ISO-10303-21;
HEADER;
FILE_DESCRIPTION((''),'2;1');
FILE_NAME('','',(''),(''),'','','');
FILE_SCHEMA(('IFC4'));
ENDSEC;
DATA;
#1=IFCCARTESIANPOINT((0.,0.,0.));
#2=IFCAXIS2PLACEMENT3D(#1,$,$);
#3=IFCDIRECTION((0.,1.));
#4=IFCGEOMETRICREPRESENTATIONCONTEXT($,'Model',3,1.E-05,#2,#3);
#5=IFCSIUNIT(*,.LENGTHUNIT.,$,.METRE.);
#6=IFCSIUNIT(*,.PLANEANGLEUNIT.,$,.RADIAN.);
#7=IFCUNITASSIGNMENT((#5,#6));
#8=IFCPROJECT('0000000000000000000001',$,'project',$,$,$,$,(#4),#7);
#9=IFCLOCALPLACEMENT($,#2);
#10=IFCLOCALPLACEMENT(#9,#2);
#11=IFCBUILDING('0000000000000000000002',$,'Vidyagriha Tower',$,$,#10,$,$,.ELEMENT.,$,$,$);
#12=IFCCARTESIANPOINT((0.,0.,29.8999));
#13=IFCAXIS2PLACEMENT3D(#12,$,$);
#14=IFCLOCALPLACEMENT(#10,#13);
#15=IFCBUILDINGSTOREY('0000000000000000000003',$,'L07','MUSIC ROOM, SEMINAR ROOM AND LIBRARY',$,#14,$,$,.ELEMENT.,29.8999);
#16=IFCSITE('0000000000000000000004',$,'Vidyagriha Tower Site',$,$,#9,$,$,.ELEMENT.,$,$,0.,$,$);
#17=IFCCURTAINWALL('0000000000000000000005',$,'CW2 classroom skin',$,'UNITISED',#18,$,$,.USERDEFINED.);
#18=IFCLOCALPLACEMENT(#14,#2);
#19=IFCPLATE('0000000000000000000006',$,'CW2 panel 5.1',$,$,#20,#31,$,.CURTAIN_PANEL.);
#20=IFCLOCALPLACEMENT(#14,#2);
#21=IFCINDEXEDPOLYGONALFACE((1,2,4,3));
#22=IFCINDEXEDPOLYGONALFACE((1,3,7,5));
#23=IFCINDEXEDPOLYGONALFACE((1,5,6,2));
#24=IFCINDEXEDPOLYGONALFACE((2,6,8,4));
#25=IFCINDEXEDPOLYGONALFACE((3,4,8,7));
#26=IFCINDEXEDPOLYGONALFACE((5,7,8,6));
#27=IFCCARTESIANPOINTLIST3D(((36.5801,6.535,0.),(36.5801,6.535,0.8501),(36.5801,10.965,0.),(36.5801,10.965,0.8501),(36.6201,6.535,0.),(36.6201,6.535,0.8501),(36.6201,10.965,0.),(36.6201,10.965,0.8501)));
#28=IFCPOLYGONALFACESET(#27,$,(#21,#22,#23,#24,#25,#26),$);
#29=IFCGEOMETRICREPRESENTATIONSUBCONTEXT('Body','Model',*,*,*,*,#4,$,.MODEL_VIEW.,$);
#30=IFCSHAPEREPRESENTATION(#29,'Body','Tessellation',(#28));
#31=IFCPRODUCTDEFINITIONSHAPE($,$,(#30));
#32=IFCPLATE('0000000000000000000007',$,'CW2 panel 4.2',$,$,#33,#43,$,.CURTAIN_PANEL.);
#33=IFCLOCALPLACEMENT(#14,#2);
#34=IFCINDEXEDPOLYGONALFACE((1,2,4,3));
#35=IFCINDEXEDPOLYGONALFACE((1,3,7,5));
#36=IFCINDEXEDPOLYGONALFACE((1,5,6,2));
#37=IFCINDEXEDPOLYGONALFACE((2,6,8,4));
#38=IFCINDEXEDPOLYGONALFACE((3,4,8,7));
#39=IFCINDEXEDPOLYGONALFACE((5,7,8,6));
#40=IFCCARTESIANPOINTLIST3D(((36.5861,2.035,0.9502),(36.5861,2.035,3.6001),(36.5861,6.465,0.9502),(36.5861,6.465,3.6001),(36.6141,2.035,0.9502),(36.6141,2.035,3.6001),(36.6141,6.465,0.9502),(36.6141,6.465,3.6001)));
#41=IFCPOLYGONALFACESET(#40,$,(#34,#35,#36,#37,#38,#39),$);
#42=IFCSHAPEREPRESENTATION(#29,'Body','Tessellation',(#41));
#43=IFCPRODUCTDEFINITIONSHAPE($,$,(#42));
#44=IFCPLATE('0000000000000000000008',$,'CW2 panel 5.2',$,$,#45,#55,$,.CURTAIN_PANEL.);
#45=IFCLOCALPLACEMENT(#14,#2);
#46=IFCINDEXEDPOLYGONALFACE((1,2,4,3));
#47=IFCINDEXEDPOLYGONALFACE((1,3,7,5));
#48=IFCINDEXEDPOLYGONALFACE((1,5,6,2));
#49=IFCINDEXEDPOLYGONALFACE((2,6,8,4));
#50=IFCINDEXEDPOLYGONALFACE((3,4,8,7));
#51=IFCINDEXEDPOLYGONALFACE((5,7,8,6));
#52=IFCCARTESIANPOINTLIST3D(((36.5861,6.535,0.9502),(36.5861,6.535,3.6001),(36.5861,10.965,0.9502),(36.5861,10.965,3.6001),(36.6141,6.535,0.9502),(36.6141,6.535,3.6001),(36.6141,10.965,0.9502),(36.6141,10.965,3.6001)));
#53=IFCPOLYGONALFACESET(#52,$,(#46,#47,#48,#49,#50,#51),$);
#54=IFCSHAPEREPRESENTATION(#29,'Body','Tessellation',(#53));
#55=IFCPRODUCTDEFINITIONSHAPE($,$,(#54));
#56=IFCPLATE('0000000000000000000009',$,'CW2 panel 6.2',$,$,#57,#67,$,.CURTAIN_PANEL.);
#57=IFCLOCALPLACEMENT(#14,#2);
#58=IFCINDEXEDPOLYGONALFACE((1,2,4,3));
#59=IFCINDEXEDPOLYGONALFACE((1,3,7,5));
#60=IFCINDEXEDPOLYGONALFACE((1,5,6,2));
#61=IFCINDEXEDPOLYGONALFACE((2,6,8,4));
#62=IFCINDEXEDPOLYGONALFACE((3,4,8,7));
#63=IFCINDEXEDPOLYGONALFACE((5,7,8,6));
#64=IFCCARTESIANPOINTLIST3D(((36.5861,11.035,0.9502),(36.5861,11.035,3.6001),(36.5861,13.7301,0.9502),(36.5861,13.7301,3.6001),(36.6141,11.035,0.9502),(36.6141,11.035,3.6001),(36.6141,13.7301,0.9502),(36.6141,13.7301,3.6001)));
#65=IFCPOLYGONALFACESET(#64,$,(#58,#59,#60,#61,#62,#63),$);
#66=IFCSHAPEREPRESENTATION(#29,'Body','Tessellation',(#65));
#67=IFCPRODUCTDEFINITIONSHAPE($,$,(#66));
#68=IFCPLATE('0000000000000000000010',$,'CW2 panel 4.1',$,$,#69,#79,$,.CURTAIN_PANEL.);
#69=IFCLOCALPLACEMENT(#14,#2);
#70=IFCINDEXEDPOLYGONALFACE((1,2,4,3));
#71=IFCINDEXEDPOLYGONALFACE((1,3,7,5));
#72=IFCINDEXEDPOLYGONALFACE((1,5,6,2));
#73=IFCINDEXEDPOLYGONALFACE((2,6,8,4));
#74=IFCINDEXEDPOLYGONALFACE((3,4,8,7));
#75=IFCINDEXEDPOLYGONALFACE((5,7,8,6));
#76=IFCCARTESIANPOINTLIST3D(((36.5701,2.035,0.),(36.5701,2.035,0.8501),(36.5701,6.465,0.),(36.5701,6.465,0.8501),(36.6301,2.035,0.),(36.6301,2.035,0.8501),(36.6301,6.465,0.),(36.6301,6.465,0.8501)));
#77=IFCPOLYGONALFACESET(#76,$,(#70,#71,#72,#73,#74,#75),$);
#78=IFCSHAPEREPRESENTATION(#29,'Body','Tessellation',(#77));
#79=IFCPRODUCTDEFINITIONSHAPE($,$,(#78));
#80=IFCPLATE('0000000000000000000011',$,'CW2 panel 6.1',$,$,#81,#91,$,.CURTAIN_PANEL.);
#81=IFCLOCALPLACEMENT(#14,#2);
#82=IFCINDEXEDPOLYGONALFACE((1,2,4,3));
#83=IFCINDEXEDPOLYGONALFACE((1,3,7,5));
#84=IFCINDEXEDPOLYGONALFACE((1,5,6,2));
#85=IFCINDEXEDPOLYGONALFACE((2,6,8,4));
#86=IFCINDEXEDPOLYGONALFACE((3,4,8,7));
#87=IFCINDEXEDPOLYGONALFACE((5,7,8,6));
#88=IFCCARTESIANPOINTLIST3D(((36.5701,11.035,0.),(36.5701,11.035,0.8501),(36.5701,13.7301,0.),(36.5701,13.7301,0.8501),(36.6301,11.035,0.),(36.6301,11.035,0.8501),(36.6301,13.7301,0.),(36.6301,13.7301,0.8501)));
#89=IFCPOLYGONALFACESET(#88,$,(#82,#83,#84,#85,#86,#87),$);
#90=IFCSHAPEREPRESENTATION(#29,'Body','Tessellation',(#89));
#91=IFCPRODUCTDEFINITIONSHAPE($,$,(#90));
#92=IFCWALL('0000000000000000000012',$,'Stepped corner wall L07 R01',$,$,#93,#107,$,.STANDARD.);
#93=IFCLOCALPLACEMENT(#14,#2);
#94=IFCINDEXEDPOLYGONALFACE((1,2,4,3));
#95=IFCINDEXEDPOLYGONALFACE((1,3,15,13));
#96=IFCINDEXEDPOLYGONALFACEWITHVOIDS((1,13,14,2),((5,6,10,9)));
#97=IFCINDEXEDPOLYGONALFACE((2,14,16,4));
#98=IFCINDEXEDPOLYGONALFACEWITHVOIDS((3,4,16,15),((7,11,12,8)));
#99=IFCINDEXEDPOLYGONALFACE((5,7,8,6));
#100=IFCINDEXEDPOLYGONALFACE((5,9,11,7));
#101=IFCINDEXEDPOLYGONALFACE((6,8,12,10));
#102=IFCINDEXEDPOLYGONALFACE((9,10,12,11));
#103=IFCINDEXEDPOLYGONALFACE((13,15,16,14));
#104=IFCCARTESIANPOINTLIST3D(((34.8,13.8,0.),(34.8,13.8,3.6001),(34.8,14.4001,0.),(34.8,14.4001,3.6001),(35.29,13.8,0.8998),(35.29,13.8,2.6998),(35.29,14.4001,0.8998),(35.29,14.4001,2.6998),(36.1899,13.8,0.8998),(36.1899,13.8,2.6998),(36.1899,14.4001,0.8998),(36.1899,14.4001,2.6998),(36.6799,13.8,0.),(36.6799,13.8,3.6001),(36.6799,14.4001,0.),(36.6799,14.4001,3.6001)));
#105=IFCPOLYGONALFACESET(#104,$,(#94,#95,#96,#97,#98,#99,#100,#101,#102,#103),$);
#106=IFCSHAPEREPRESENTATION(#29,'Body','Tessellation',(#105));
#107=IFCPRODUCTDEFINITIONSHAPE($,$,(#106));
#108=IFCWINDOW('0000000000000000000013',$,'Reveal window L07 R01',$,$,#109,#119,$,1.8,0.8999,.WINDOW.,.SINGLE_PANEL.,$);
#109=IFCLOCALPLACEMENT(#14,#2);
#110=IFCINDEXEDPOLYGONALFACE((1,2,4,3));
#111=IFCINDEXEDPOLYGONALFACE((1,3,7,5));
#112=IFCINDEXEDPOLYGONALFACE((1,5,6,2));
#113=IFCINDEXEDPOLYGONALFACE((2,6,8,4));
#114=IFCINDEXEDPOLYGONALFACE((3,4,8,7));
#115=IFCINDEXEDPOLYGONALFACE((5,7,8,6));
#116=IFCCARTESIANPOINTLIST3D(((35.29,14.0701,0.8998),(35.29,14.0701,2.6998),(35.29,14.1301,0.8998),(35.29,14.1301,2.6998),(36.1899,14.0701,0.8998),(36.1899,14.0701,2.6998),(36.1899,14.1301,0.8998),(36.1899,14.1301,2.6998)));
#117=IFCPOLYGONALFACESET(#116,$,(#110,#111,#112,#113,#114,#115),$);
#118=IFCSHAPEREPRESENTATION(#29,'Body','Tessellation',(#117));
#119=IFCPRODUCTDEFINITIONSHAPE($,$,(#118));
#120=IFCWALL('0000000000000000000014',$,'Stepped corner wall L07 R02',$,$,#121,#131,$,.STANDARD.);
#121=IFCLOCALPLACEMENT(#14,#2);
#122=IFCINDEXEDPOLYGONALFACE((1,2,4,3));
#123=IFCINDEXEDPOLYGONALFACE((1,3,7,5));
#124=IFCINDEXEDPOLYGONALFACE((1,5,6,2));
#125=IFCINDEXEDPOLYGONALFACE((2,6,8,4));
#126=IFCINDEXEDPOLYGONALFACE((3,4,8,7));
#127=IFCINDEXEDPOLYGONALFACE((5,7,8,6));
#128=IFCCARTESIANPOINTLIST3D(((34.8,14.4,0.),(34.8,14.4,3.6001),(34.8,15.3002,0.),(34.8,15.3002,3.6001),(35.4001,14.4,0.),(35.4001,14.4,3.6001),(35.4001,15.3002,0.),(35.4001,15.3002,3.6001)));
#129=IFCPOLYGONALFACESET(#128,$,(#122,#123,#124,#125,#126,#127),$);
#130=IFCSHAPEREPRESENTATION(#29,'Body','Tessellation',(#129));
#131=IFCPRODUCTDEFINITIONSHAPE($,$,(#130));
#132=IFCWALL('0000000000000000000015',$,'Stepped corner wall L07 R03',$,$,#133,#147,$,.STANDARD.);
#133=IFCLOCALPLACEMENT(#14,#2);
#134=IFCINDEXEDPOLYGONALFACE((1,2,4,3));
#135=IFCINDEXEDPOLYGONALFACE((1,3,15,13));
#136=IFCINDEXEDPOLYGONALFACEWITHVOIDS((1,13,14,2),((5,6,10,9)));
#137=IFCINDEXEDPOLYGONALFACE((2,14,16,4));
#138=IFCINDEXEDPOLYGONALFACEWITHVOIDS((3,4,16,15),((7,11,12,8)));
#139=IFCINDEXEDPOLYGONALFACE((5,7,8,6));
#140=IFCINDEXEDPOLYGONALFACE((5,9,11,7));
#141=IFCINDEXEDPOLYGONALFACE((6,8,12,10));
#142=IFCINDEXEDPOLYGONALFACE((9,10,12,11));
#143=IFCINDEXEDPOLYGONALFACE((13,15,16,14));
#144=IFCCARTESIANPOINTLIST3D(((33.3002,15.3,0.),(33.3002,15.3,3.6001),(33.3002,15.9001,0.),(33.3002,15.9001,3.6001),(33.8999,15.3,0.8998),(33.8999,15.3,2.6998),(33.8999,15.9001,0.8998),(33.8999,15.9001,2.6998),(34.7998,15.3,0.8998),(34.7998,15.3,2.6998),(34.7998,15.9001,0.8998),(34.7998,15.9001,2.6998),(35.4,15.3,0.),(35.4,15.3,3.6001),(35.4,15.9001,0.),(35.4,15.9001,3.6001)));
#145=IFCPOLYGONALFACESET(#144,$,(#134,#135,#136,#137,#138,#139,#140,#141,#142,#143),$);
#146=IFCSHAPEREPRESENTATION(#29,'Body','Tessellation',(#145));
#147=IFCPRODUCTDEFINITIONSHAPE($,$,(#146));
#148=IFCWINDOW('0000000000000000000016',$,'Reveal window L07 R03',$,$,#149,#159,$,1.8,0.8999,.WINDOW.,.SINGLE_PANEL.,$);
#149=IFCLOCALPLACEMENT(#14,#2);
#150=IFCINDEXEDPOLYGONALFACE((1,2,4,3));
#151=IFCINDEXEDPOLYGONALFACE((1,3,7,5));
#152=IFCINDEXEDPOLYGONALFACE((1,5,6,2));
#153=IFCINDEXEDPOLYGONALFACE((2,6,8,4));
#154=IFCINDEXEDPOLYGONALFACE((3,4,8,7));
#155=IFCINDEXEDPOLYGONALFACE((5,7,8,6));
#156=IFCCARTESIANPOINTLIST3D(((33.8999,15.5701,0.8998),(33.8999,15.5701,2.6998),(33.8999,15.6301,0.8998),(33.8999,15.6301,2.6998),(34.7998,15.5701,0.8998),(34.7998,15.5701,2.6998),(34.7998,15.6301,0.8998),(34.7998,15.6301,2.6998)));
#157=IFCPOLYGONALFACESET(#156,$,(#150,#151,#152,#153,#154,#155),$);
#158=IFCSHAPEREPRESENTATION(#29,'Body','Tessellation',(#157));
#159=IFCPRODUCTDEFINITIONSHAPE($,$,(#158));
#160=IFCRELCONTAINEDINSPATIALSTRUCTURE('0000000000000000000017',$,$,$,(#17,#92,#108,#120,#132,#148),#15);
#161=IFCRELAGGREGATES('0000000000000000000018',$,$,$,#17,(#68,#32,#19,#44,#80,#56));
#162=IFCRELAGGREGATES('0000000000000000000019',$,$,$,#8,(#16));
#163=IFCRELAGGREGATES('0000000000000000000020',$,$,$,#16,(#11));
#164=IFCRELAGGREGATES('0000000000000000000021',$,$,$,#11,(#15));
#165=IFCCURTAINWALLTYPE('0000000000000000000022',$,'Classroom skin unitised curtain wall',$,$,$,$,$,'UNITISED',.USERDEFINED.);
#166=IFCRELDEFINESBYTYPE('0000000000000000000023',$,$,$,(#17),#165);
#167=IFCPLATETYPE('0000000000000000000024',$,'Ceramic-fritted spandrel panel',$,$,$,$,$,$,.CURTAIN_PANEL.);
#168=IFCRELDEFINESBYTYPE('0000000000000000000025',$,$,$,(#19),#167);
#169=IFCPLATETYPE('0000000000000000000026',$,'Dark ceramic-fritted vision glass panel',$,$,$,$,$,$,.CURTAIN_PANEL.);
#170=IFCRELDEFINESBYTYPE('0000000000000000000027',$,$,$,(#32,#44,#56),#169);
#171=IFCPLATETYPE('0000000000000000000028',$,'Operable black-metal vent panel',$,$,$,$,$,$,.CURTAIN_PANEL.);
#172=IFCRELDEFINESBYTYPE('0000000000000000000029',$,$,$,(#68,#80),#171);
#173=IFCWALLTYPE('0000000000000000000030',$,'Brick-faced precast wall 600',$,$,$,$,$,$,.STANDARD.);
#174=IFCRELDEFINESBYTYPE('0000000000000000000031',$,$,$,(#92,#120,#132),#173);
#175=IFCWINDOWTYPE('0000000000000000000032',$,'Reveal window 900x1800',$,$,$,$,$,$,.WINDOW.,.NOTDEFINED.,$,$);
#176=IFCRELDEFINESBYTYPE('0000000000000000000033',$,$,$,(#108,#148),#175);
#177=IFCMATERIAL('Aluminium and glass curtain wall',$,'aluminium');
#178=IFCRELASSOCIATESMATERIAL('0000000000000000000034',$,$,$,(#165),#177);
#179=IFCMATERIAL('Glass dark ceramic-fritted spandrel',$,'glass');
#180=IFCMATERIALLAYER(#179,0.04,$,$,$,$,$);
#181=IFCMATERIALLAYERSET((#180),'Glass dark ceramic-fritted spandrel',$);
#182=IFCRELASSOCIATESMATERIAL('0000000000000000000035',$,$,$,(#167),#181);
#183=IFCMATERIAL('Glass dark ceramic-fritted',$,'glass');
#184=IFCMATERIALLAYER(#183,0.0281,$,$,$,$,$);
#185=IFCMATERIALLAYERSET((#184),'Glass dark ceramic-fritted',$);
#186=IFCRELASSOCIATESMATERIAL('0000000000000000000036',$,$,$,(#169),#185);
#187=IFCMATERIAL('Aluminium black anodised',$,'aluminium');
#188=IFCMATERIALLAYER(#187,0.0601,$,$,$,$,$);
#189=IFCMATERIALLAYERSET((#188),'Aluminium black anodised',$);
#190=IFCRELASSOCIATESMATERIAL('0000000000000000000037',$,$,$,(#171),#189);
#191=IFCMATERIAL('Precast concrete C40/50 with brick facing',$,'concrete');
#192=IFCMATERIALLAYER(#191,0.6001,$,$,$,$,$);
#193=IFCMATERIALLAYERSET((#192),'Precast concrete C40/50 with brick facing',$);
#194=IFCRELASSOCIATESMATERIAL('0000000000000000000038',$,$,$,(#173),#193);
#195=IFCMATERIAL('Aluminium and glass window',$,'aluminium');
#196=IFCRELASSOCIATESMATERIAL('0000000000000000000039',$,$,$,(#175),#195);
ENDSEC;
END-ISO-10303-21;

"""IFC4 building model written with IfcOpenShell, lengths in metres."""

from ifc_helpers import new_model, si_unit, direction, frame, frame_2d, origin, origin_2d, place, context, subcontext, project, spatial, rectangle, extrude, material, layer, layer_set, type_object, element, fill, aggregate, save


model = new_model("IFC4")

# Units and contexts
model_context = context("Model", 3, precision=1e-05, world=origin(), true_north=direction((0.0, 1.0)))
body_context = subcontext(model_context, "Body", "Model", "MODEL_VIEW")
ifc_project = project(units=[si_unit("LENGTHUNIT", "METRE"), si_unit("PLANEANGLEUNIT", "RADIAN")], contexts=[model_context])

# Site, building, storey
site_placement = place(None, origin())
site = spatial("IfcSite", under=ifc_project, at=site_placement, Name="Vidyagriha Tower Site", CompositionType="ELEMENT", RefElevation=0.0)
building_placement = place(site_placement, origin())
building = spatial("IfcBuilding", under=site, at=building_placement, Name="Vidyagriha Tower", CompositionType="ELEMENT")
storey_placement = place(building_placement, frame((0.0, 0.0, 29.8999)))
storey = spatial("IfcBuildingStorey", under=building, at=storey_placement, Name="L07", Description="MUSIC ROOM, SEMINAR ROOM AND LIBRARY", CompositionType="ELEMENT", Elevation=29.8999)

# Curtain wall, plates
ifc_material_1 = material(Name="Aluminium and glass curtain wall", Category="aluminium")
curtain_wall_type = type_object("IfcCurtainWallType", Name="Classroom skin unitised curtain wall", ElementType="UNITISED", PredefinedType="USERDEFINED", material=ifc_material_1)
curtain_wall_placement = place(storey_placement, origin())
curtain_wall = element("IfcCurtainWall", 1, at=curtain_wall_placement, inside=storey, type_object=curtain_wall_type, Name="CW2 classroom skin", ObjectType="UNITISED", PredefinedType="USERDEFINED")
ifc_material_2 = material(Name="Glass dark ceramic-fritted spandrel", Category="glass")
ifc_layer_1 = layer(ifc_material_2, 0.04)
ifc_layer_set_1 = layer_set([ifc_layer_1], Name="Glass dark ceramic-fritted spandrel")
plate_type_1 = type_object("IfcPlateType", Name="Ceramic-fritted spandrel panel", PredefinedType="CURTAIN_PANEL", material=ifc_layer_set_1)
plate_1_placement = place(storey_placement, frame((36.6001, 8.75, 0.0), z_axis=(0.0, 0.0, 1.0), x_axis=(0.0, 1.0, 0.0)))
plate_1 = element("IfcPlate", 2, at=plate_1_placement, type_object=plate_type_1, Name="CW2 panel 5.1", PredefinedType="CURTAIN_PANEL", context=body_context, shape_type="SweptSolid", body=[
    extrude(rectangle(XDim=4.4299, YDim=0.04, at=origin_2d()), origin(), (0.0, 0.0, 1.0), 0.8501),
])
ifc_material_3 = material(Name="Glass dark ceramic-fritted", Category="glass")
ifc_layer_2 = layer(ifc_material_3, 0.0281)
ifc_layer_set_2 = layer_set([ifc_layer_2], Name="Glass dark ceramic-fritted")
plate_type_2 = type_object("IfcPlateType", Name="Dark ceramic-fritted vision glass panel", PredefinedType="CURTAIN_PANEL", material=ifc_layer_set_2)
plate_2_placement = place(storey_placement, frame((36.6001, 4.25, 0.9502), z_axis=(0.0, 0.0, 1.0), x_axis=(0.0, 1.0, 0.0)))
plate_2 = element("IfcPlate", 3, at=plate_2_placement, type_object=plate_type_2, Name="CW2 panel 4.2", PredefinedType="CURTAIN_PANEL", context=body_context, shape_type="SweptSolid", body=[
    extrude(rectangle(XDim=4.4299, YDim=0.0281, at=origin_2d()), origin(), (0.0, 0.0, 1.0), 2.6499),
])
plate_3_placement = place(storey_placement, frame((36.6001, 8.75, 0.9502), z_axis=(0.0, 0.0, 1.0), x_axis=(0.0, 1.0, 0.0)))
plate_3 = element("IfcPlate", 4, at=plate_3_placement, type_object=plate_type_2, Name="CW2 panel 5.2", PredefinedType="CURTAIN_PANEL", context=body_context, shape_type="SweptSolid", body=[
    extrude(rectangle(XDim=4.4299, YDim=0.0281, at=origin_2d()), origin(), (0.0, 0.0, 1.0), 2.6499),
])
plate_4_placement = place(storey_placement, frame((36.6001, 12.3826, 0.9502), z_axis=(0.0, 0.0, 1.0), x_axis=(0.0, 1.0, 0.0)))
plate_4 = element("IfcPlate", 5, at=plate_4_placement, type_object=plate_type_2, Name="CW2 panel 6.2", PredefinedType="CURTAIN_PANEL", context=body_context, shape_type="SweptSolid", body=[
    extrude(rectangle(XDim=2.6951, YDim=0.0281, at=origin_2d()), origin(), (0.0, 0.0, 1.0), 2.6499),
])
ifc_material_4 = material(Name="Aluminium black anodised", Category="aluminium")
ifc_layer_3 = layer(ifc_material_4, 0.0601)
ifc_layer_set_3 = layer_set([ifc_layer_3], Name="Aluminium black anodised")
plate_type_3 = type_object("IfcPlateType", Name="Operable black-metal vent panel", PredefinedType="CURTAIN_PANEL", material=ifc_layer_set_3)
plate_5_placement = place(storey_placement, frame((36.6001, 4.25, 0.0), z_axis=(0.0, 0.0, 1.0), x_axis=(0.0, 1.0, 0.0)))
plate_5 = element("IfcPlate", 6, at=plate_5_placement, type_object=plate_type_3, Name="CW2 panel 4.1", PredefinedType="CURTAIN_PANEL", context=body_context, shape_type="SweptSolid", body=[
    extrude(rectangle(XDim=4.4299, YDim=0.0601, at=origin_2d()), origin(), (0.0, 0.0, 1.0), 0.8501),
])
plate_6_placement = place(storey_placement, frame((36.6001, 12.3826, 0.0), z_axis=(0.0, 0.0, 1.0), x_axis=(0.0, 1.0, 0.0)))
plate_6 = element("IfcPlate", 7, at=plate_6_placement, type_object=plate_type_3, Name="CW2 panel 6.1", PredefinedType="CURTAIN_PANEL", context=body_context, shape_type="SweptSolid", body=[
    extrude(rectangle(XDim=2.6951, YDim=0.0601, at=origin_2d()), origin(), (0.0, 0.0, 1.0), 0.8501),
])
aggregate(curtain_wall, [plate_5, plate_2, plate_1, plate_3, plate_6, plate_4])

# Wall, opening, window
ifc_material_5 = material(Name="Precast concrete C40/50 with brick facing", Category="concrete")
ifc_layer_4 = layer(ifc_material_5, 0.6001)
ifc_layer_set_4 = layer_set([ifc_layer_4], Name="Precast concrete C40/50 with brick facing")
wall_type = type_object("IfcWallType", Name="Brick-faced precast wall 600", PredefinedType="STANDARD", material=ifc_layer_set_4)
wall_1_placement = place(storey_placement, frame((36.6799, 14.1001, 0.0), z_axis=(0.0, 0.0, 1.0), x_axis=(-1.0, 0.0, 0.0)))
wall_1 = element("IfcWall", 8, at=wall_1_placement, inside=storey, type_object=wall_type, Name="Stepped corner wall L07 R01", PredefinedType="STANDARD", context=body_context, shape_type="SweptSolid", body=[
    extrude(rectangle(XDim=1.8799, YDim=0.6001, at=frame_2d((0.9399, 0.0))), origin(), (0.0, 0.0, 1.0), 3.6001),
])
opening_1_placement = place(wall_1_placement, frame((0.49, 0.0, 0.8999)))
opening_1 = element("IfcOpeningElement", 9, at=opening_1_placement, cuts=wall_1, PredefinedType="OPENING", context=body_context, shape_type="SweptSolid", body=[
    extrude(rectangle(XDim=0.8999, YDim=1.8, at=frame_2d((0.45, 0.8999))), frame((0.0, 0.3101, 0.0), z_axis=(0.0, -1.0, 0.0), x_axis=(1.0, 0.0, 0.0)), (0.0, 0.0, 1.0), 0.6201),
])
ifc_material_6 = material(Name="Aluminium and glass window", Category="aluminium")
window_type = type_object("IfcWindowType", Name="Reveal window 900x1800", PartitioningType="NOTDEFINED", PredefinedType="WINDOW", material=ifc_material_6)
window_1_placement = place(opening_1_placement, origin())
window_1 = element("IfcWindow", 10, at=window_1_placement, inside=storey, type_object=window_type, Name="Reveal window L07 R01", OverallHeight=1.8, OverallWidth=0.8999, PartitioningType="SINGLE_PANEL", PredefinedType="WINDOW", context=body_context, shape_type="SweptSolid", body=[
    extrude(rectangle(XDim=0.8999, YDim=1.8, at=frame_2d((0.45, 0.8999))), frame((0.0, 0.03, 0.0), z_axis=(0.0, -1.0, 0.0), x_axis=(1.0, 0.0, 0.0)), (0.0, 0.0, 1.0), 0.0601),
])
fill(opening_1, window_1)

# Wall
wall_2_placement = place(storey_placement, frame((35.1001, 14.3999, 0.0), z_axis=(0.0, 0.0, 1.0), x_axis=(0.0, 1.0, 0.0)))
element("IfcWall", 11, at=wall_2_placement, inside=storey, type_object=wall_type, Name="Stepped corner wall L07 R02", PredefinedType="STANDARD", context=body_context, shape_type="SweptSolid", body=[
    extrude(rectangle(XDim=0.9001, YDim=0.6001, at=frame_2d((0.4502, 0.0))), origin(), (0.0, 0.0, 1.0), 3.6001),
])

# Wall, opening, window
wall_3_placement = place(storey_placement, frame((35.3999, 15.6001, 0.0), z_axis=(0.0, 0.0, 1.0), x_axis=(-1.0, 0.0, 0.0)))
wall_3 = element("IfcWall", 12, at=wall_3_placement, inside=storey, type_object=wall_type, Name="Stepped corner wall L07 R03", PredefinedType="STANDARD", context=body_context, shape_type="SweptSolid", body=[
    extrude(rectangle(XDim=2.0999, YDim=0.6001, at=frame_2d((1.0498, 0.0))), origin(), (0.0, 0.0, 1.0), 3.6001),
])
opening_2_placement = place(wall_3_placement, frame((0.6001, 0.0, 0.8999)))
opening_2 = element("IfcOpeningElement", 13, at=opening_2_placement, cuts=wall_3, PredefinedType="OPENING", context=body_context, shape_type="SweptSolid", body=[
    extrude(rectangle(XDim=0.8999, YDim=1.8, at=frame_2d((0.45, 0.8999))), frame((0.0, 0.3101, 0.0), z_axis=(0.0, -1.0, 0.0), x_axis=(1.0, 0.0, 0.0)), (0.0, 0.0, 1.0), 0.6201),
])
window_2_placement = place(opening_2_placement, origin())
window_2 = element("IfcWindow", 14, at=window_2_placement, inside=storey, type_object=window_type, Name="Reveal window L07 R03", OverallHeight=1.8, OverallWidth=0.8999, PartitioningType="SINGLE_PANEL", PredefinedType="WINDOW", context=body_context, shape_type="SweptSolid", body=[
    extrude(rectangle(XDim=0.8999, YDim=1.8, at=frame_2d((0.45, 0.8999))), frame((0.0, 0.03, 0.0), z_axis=(0.0, -1.0, 0.0), x_axis=(1.0, 0.0, 0.0)), (0.0, 0.0, 1.0), 0.0601),
])
fill(opening_2, window_2)

save(model, "model.ifc")
